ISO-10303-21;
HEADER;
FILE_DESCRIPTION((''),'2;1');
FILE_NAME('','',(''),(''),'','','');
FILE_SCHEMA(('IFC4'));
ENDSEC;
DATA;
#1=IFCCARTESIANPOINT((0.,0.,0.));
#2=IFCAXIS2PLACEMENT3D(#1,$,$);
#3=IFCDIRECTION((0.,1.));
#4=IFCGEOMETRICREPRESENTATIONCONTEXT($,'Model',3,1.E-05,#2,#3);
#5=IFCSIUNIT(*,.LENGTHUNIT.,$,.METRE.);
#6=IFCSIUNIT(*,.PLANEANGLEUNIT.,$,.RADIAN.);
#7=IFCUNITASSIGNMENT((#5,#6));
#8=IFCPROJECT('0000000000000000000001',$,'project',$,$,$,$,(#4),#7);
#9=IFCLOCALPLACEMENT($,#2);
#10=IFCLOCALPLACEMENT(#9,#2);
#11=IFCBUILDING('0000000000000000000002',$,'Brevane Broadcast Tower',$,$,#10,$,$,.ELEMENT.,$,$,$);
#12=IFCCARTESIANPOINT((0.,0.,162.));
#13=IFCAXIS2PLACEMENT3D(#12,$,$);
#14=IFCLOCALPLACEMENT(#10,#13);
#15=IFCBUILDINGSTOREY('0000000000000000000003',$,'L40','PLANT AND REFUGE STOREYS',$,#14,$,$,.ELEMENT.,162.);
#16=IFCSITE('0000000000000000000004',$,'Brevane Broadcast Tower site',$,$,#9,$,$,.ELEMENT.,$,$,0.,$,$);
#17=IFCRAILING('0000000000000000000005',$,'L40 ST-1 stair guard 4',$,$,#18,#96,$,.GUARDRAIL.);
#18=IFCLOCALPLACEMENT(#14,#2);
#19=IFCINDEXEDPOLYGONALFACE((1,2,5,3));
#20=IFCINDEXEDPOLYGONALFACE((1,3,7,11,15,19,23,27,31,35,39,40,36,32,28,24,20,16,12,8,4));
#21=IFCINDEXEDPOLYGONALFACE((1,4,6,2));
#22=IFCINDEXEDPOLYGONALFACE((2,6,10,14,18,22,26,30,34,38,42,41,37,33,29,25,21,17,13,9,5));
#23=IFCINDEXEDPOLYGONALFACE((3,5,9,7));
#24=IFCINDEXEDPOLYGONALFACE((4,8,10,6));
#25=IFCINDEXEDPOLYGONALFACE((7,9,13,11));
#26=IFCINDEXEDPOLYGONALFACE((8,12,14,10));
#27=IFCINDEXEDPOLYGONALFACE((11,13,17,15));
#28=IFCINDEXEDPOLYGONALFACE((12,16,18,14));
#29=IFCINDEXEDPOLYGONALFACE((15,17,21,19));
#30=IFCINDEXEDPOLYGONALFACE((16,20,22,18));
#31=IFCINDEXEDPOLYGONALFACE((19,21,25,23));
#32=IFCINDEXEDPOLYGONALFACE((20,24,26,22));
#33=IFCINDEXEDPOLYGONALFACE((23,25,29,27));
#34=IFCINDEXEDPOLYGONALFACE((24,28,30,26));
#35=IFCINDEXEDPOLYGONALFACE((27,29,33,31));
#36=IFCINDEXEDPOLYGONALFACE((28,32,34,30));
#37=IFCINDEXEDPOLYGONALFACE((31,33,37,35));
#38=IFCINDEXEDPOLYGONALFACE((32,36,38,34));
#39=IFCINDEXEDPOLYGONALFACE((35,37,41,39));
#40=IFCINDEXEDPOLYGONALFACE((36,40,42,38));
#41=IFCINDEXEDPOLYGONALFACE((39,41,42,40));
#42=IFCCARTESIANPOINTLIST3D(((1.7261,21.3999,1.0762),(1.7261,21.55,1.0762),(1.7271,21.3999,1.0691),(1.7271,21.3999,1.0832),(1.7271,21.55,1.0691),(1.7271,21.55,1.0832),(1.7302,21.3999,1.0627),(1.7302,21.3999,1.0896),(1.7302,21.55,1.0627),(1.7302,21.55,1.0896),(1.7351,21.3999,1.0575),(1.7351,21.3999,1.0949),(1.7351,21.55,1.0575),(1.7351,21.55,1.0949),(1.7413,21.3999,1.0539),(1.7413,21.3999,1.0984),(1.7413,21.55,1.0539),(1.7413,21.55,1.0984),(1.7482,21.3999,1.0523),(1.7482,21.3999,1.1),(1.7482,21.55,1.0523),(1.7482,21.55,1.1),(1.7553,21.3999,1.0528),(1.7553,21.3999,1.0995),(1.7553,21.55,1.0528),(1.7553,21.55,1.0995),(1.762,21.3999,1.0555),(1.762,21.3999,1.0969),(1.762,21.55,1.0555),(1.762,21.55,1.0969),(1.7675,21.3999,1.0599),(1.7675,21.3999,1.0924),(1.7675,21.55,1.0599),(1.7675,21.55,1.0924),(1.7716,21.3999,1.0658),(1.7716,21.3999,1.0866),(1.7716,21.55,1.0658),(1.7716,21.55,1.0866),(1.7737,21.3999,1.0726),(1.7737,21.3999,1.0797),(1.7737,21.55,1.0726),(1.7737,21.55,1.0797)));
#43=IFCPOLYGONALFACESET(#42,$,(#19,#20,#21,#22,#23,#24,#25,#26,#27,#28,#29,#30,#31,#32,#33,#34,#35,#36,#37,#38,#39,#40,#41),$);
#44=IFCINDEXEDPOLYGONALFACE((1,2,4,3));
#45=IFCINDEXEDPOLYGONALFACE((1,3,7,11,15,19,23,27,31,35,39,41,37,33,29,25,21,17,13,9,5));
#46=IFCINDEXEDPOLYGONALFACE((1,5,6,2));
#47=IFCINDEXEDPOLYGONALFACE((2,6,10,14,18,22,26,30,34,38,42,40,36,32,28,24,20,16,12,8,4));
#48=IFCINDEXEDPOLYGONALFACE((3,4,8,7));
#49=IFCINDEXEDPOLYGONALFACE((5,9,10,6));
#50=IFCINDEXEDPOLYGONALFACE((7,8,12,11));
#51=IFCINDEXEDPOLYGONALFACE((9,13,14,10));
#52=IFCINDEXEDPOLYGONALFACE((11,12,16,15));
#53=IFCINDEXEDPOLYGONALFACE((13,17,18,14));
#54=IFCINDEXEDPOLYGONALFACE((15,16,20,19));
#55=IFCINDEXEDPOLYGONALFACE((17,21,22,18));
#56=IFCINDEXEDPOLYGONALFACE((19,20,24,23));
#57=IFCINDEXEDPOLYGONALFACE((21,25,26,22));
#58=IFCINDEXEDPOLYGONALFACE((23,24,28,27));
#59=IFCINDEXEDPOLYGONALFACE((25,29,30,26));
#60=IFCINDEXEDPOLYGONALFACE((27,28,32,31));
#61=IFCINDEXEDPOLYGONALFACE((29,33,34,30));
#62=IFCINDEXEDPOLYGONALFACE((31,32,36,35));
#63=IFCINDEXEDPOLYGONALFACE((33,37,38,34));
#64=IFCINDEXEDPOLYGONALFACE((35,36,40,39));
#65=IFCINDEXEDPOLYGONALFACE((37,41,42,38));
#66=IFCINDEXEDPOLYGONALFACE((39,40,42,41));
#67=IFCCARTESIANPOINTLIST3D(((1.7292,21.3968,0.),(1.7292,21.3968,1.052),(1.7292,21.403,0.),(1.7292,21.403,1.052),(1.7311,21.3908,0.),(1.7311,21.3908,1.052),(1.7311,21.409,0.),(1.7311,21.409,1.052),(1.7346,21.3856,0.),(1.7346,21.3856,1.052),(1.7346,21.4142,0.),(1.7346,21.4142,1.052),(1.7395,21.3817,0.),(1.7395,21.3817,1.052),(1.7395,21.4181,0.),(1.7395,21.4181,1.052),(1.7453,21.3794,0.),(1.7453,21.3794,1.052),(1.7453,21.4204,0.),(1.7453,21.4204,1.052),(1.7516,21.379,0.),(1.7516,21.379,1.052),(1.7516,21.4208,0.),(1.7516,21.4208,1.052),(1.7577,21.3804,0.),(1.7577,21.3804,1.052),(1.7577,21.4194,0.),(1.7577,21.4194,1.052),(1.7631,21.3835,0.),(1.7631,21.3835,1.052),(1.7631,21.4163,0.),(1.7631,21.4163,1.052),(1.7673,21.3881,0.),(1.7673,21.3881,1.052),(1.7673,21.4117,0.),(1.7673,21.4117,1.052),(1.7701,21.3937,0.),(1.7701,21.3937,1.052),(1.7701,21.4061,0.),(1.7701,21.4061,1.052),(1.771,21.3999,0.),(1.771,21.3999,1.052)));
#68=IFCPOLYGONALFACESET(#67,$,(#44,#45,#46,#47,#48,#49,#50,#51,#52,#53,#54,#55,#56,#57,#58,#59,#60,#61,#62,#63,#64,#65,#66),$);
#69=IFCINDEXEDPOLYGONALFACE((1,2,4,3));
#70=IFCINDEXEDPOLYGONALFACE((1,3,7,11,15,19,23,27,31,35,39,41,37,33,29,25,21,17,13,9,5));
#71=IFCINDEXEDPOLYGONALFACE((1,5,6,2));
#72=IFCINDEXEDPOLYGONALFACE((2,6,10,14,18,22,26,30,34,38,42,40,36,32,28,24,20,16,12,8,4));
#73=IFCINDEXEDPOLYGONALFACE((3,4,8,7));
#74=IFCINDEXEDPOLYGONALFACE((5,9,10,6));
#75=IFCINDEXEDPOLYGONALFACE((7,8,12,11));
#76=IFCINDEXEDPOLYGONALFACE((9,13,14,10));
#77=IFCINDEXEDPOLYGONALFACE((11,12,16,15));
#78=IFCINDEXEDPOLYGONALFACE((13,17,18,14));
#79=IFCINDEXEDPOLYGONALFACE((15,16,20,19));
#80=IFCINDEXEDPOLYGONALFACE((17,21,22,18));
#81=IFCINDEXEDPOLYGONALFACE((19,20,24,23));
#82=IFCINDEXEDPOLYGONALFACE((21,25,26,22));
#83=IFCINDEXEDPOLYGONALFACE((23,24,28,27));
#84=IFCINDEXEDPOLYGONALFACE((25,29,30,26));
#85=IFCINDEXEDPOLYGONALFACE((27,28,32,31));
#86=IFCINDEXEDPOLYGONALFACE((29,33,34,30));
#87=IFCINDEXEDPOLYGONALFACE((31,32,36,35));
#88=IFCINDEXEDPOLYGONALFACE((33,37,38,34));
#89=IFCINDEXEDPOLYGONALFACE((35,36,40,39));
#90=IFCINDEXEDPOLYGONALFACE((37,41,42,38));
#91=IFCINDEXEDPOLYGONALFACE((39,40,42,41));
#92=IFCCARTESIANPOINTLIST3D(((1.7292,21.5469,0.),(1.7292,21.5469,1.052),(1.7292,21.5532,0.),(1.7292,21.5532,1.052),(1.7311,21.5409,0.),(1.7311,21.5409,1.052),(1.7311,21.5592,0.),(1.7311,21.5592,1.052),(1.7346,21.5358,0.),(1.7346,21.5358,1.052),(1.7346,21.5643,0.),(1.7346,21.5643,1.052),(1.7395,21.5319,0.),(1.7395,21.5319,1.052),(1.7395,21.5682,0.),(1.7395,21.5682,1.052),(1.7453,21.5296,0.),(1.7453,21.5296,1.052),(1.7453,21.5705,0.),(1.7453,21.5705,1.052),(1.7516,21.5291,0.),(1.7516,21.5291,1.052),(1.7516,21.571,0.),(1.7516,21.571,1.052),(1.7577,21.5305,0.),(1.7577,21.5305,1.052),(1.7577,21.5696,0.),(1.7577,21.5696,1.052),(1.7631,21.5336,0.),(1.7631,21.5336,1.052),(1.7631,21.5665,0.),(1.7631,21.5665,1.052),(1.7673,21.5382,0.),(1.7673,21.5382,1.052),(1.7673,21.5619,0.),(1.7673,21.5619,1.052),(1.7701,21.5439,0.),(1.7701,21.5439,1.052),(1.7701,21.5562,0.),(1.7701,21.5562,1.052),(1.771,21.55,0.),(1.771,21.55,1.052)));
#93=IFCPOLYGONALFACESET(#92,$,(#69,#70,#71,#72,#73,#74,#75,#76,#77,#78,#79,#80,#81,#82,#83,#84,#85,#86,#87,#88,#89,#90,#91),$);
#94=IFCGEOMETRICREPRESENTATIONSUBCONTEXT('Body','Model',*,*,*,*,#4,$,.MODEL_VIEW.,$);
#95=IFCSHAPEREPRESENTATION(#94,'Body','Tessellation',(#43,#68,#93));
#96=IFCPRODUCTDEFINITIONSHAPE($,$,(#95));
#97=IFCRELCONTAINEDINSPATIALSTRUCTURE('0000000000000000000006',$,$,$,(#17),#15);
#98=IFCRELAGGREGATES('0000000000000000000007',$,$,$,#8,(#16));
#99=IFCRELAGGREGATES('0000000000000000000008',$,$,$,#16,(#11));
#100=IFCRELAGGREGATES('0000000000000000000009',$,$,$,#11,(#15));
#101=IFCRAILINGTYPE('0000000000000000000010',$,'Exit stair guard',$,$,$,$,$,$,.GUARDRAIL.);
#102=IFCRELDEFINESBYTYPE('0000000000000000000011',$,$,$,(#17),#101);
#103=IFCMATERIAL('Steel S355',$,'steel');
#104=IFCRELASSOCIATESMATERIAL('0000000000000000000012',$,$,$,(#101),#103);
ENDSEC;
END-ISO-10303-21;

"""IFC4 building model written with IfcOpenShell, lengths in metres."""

from ifc_helpers import new_model, si_unit, direction, frame, origin, origin_2d, place, context, subcontext, project, spatial, circle, extrude, material, type_object, element, save


model = new_model("IFC4")

# Units and contexts
model_context = context("Model", 3, precision=1e-05, world=origin(), true_north=direction((0.0, 1.0)))
body_context = subcontext(model_context, "Body", "Model", "MODEL_VIEW")
ifc_project = project(units=[si_unit("LENGTHUNIT", "METRE"), si_unit("PLANEANGLEUNIT", "RADIAN")], contexts=[model_context])

# Site, building, storey
site_placement = place(None, origin())
site = spatial("IfcSite", under=ifc_project, at=site_placement, Name="Brevane Broadcast Tower site", CompositionType="ELEMENT", RefElevation=0.0)
building_placement = place(site_placement, origin())
building = spatial("IfcBuilding", under=site, at=building_placement, Name="Brevane Broadcast Tower", CompositionType="ELEMENT")
storey_placement = place(building_placement, frame((0.0, 0.0, 162.0)))
storey = spatial("IfcBuildingStorey", under=building, at=storey_placement, Name="L40", Description="PLANT AND REFUGE STOREYS", CompositionType="ELEMENT", Elevation=162.0)

# Shared definitions
ifc_material_1 = material(Name="Steel S355", Category="steel")

# Railing
railing_type_1 = type_object("IfcRailingType", Name="Exit stair guard", PredefinedType="GUARDRAIL", material=ifc_material_1)
railing_1_placement = place(storey_placement, frame((1.75, 21.3999, 0.0)))
element("IfcRailing", 1, at=railing_1_placement, inside=storey, type_object=railing_type_1, Name="L40 ST-1 stair guard 4", PredefinedType="GUARDRAIL", context=body_context, shape_type="SweptSolid", body=[
    extrude(circle(Radius=0.0239, at=origin_2d()), frame((0.0, 0.0, 1.0762), z_axis=(0.0, 1.0, 0.0), x_axis=(-1.0, 0.0, 0.0)), (0.0, 0.0, 1.0), 0.1501),
    extrude(circle(Radius=0.021, at=origin_2d()), origin(), (0.0, 0.0, 1.0), 1.052),
    extrude(circle(Radius=0.021, at=origin_2d()), frame((0.0, 0.1501, 0.0)), (0.0, 0.0, 1.0), 1.052),
])

save(model, "model.ifc")
